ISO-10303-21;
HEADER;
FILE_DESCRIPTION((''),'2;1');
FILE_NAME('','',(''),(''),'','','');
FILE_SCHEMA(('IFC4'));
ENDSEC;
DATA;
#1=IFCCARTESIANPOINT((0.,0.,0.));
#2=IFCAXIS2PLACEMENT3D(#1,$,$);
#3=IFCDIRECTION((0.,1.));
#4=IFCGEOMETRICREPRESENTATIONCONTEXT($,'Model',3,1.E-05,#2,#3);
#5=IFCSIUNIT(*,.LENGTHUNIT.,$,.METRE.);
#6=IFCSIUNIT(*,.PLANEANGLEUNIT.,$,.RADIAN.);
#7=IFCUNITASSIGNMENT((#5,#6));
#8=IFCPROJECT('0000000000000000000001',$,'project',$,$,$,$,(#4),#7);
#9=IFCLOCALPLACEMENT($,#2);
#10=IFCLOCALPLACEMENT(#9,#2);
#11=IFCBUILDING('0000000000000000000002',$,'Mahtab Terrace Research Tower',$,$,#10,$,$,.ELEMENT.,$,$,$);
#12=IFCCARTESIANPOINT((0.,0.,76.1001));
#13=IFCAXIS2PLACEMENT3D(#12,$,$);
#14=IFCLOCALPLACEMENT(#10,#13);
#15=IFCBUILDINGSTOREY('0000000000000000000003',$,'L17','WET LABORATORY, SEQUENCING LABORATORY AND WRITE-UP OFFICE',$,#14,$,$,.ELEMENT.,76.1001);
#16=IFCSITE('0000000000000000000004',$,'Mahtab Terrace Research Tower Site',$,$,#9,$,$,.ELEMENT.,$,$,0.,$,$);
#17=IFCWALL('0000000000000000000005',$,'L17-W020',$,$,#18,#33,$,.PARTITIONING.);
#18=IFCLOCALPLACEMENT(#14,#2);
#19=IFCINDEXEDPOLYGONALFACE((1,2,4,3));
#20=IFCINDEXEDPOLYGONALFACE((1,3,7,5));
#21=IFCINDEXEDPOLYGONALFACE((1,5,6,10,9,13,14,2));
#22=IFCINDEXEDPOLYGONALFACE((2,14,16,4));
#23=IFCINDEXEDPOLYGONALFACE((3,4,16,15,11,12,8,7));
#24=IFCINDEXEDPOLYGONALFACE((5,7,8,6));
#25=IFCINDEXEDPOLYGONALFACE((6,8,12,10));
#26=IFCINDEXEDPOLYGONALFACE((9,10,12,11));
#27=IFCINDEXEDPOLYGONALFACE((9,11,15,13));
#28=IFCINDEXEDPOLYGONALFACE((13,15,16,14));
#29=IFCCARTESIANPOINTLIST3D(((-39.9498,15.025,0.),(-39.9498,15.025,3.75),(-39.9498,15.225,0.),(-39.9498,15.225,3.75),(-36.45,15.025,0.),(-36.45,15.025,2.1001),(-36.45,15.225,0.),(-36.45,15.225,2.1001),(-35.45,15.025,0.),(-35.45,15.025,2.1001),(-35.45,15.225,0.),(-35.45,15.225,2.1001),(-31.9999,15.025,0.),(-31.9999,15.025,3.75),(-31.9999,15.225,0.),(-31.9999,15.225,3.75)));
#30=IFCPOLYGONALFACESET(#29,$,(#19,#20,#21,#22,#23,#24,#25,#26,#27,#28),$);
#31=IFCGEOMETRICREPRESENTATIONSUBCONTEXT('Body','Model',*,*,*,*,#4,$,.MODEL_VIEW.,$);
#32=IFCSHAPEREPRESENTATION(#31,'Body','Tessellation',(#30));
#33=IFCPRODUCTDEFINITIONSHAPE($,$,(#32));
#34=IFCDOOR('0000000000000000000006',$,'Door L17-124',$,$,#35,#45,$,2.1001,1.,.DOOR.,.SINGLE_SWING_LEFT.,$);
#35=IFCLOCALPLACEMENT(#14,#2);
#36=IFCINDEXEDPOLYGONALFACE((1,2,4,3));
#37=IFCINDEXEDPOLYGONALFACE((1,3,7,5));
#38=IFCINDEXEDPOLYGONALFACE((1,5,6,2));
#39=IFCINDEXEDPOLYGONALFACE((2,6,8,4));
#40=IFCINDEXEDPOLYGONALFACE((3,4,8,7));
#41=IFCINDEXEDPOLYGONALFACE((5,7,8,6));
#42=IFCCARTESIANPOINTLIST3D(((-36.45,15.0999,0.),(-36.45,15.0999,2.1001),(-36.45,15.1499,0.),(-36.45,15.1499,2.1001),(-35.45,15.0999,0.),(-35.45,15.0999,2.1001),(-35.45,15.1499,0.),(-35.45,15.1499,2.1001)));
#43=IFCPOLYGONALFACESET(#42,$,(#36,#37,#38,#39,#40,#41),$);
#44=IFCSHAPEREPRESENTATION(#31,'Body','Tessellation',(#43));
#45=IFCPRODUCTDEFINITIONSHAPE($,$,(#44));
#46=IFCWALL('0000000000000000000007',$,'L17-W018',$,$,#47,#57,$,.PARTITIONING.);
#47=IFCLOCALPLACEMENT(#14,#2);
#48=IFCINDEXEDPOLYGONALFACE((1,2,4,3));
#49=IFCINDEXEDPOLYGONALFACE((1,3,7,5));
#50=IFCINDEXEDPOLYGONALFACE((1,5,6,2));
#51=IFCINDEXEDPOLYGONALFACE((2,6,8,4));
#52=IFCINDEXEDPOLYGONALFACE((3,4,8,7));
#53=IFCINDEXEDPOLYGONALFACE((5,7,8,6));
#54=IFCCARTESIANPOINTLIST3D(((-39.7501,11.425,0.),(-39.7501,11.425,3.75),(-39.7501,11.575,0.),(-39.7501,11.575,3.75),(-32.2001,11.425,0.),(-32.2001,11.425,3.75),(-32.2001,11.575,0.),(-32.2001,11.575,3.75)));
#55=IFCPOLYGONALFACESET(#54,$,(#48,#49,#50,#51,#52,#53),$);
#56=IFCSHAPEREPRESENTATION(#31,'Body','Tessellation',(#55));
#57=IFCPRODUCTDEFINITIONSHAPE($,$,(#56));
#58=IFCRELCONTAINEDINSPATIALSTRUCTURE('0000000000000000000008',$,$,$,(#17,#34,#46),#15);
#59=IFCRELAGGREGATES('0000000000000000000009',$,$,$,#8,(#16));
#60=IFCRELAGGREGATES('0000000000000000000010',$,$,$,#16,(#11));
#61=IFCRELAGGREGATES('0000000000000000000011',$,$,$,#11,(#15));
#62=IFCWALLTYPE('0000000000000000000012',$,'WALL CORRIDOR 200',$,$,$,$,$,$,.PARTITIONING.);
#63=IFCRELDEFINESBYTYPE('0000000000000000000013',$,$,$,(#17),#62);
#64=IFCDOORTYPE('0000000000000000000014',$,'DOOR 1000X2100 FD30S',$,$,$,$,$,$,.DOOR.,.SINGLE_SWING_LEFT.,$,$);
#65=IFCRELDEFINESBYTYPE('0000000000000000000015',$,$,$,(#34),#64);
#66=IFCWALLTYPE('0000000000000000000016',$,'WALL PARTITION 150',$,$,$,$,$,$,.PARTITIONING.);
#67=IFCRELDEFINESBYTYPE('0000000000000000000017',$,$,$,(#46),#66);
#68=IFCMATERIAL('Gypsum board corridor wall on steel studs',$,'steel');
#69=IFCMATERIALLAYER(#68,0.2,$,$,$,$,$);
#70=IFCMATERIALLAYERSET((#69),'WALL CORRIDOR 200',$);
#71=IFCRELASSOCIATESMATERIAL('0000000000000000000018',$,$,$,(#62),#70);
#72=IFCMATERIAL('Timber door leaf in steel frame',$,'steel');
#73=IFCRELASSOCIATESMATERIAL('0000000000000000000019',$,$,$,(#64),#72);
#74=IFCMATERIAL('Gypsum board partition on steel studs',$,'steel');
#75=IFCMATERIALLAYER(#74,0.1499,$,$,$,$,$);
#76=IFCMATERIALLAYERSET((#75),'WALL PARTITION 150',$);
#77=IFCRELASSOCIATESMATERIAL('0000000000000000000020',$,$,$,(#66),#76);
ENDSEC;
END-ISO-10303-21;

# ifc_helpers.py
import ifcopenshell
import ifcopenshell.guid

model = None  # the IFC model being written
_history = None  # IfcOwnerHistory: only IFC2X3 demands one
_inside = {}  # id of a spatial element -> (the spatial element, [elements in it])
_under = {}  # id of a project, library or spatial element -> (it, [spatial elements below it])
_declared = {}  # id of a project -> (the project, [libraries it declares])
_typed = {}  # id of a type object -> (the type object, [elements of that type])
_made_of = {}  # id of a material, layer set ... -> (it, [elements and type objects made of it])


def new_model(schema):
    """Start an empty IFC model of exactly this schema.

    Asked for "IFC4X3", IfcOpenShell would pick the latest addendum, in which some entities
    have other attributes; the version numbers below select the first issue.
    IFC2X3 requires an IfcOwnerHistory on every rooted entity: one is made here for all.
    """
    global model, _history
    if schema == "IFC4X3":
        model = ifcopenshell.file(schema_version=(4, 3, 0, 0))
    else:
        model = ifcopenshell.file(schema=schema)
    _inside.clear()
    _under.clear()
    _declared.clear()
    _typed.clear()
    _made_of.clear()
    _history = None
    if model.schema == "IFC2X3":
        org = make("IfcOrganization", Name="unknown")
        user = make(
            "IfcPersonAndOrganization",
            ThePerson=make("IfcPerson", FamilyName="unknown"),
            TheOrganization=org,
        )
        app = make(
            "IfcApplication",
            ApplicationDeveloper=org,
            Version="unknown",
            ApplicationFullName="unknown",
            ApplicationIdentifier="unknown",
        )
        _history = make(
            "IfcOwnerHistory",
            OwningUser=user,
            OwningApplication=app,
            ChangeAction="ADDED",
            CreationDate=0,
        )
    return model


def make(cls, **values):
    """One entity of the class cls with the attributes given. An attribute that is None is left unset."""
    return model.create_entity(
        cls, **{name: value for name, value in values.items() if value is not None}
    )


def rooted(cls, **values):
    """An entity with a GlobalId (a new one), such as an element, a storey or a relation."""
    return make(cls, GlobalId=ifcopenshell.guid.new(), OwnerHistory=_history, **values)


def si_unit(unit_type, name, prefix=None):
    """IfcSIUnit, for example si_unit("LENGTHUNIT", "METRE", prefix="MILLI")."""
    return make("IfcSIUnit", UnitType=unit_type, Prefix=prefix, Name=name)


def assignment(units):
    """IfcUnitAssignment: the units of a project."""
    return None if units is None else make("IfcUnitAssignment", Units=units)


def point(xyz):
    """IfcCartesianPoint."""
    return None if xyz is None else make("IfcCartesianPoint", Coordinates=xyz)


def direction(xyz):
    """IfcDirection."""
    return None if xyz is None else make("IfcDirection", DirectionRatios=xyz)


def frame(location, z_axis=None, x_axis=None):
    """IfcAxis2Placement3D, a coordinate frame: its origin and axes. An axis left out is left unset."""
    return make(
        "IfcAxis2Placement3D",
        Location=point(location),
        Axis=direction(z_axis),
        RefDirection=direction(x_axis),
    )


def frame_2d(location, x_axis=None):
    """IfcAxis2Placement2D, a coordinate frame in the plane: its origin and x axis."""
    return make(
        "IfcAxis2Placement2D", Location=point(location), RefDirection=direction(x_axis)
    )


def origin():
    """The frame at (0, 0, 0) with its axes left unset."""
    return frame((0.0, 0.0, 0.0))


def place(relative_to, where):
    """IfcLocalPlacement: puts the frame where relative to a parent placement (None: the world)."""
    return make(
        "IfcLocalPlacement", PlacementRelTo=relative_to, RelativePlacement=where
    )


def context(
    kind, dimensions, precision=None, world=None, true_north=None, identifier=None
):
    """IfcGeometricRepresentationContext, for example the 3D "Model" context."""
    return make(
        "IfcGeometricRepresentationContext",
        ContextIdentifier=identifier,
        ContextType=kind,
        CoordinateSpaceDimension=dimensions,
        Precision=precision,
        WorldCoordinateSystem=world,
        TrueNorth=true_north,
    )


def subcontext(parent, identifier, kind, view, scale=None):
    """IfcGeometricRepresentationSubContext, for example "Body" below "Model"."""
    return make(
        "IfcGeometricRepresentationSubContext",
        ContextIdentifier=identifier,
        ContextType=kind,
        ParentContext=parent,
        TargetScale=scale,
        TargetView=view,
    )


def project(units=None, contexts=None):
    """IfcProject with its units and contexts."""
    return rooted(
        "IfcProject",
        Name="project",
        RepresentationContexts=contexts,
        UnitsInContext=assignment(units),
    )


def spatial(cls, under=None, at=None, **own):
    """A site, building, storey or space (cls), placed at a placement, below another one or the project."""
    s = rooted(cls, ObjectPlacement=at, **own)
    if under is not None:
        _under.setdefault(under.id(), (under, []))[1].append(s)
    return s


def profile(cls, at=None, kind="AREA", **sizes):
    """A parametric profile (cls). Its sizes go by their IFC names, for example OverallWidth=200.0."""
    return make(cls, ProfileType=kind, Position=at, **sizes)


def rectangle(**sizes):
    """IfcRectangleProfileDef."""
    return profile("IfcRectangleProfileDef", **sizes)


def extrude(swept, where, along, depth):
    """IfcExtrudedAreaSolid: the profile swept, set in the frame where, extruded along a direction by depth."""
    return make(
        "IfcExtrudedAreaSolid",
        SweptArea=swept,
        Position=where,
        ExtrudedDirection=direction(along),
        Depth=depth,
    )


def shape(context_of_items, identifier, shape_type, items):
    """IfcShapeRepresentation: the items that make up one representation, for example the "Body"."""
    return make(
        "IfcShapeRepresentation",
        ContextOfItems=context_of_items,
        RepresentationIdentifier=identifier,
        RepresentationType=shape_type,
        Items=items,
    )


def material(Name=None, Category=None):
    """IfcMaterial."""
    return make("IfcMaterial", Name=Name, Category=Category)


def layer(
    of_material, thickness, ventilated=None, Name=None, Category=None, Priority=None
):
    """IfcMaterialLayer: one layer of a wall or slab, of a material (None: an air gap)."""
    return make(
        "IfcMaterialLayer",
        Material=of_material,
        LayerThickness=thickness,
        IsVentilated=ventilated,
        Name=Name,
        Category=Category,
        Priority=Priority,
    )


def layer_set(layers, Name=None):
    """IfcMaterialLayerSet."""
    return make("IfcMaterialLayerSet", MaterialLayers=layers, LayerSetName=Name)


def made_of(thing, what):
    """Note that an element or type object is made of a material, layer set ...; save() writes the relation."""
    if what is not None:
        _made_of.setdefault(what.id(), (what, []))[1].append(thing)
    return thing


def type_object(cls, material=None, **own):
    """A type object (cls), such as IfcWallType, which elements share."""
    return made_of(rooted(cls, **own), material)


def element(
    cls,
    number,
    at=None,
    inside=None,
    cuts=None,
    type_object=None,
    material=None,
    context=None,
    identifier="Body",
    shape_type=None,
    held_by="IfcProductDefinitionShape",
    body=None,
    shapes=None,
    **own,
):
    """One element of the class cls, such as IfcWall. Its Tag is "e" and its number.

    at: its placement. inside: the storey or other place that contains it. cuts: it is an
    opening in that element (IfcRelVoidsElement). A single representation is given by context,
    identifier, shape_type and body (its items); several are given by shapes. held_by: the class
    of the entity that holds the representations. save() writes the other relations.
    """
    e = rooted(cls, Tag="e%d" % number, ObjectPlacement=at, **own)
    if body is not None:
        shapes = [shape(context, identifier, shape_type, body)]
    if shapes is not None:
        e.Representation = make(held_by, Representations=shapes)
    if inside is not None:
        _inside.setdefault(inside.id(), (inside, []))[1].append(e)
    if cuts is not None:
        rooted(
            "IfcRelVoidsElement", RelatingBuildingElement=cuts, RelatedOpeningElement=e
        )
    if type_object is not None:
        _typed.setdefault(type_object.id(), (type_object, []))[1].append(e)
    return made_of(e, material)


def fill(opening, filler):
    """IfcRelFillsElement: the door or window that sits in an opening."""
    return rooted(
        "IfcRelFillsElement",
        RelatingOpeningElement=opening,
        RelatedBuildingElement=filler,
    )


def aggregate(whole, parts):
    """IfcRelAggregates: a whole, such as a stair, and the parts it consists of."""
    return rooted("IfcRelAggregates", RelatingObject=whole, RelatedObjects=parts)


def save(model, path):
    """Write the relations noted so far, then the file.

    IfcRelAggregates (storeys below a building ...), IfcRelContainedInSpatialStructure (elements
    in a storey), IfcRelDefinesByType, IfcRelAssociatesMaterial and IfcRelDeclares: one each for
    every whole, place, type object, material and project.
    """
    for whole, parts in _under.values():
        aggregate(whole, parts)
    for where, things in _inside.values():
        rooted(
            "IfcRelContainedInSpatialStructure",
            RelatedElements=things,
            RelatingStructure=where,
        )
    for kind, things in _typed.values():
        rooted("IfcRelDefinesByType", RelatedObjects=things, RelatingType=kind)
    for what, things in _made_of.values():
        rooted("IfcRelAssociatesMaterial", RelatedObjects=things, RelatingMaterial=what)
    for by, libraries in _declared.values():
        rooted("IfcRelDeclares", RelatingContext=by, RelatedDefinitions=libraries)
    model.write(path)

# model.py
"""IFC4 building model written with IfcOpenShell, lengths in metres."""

from ifc_helpers import new_model, si_unit, direction, frame, frame_2d, origin, place, context, subcontext, project, spatial, rectangle, extrude, material, layer, layer_set, type_object, element, fill, save


model = new_model("IFC4")

# Units and contexts
model_context = context("Model", 3, precision=1e-05, world=origin(), true_north=direction((0.0, 1.0)))
body_context = subcontext(model_context, "Body", "Model", "MODEL_VIEW")
ifc_project = project(units=[si_unit("LENGTHUNIT", "METRE"), si_unit("PLANEANGLEUNIT", "RADIAN")], contexts=[model_context])

# Site, building, storey
site_placement = place(None, origin())
site = spatial("IfcSite", under=ifc_project, at=site_placement, Name="Mahtab Terrace Research Tower Site", CompositionType="ELEMENT", RefElevation=0.0)
building_placement = place(site_placement, origin())
building = spatial("IfcBuilding", under=site, at=building_placement, Name="Mahtab Terrace Research Tower", CompositionType="ELEMENT")
storey_placement = place(building_placement, frame((0.0, 0.0, 76.1001)))
storey = spatial("IfcBuildingStorey", under=building, at=storey_placement, Name="L17", Description="WET LABORATORY, SEQUENCING LABORATORY AND WRITE-UP OFFICE", CompositionType="ELEMENT", Elevation=76.1001)

# Wall, opening, door
ifc_material_1 = material(Name="Gypsum board corridor wall on steel studs", Category="steel")
ifc_layer_1 = layer(ifc_material_1, 0.2)
ifc_layer_set_1 = layer_set([ifc_layer_1], Name="WALL CORRIDOR 200")
wall_type_1 = type_object("IfcWallType", Name="WALL CORRIDOR 200", PredefinedType="PARTITIONING", material=ifc_layer_set_1)
wall_1_placement = place(storey_placement, frame((-39.95, 15.125, 0.0), z_axis=(0.0, 0.0, 1.0), x_axis=(1.0, 0.0, 0.0)))
wall_1 = element("IfcWall", 1, at=wall_1_placement, inside=storey, type_object=wall_type_1, Name="L17-W020", PredefinedType="PARTITIONING", context=body_context, shape_type="SweptSolid", body=[
    extrude(rectangle(XDim=7.95, YDim=0.2, at=frame_2d((3.9751, 0.0))), origin(), (0.0, 0.0, 1.0), 3.75),
])
opening_placement = place(wall_1_placement, frame((3.5, 0.0, 0.0)))
opening = element("IfcOpeningElement", 2, at=opening_placement, cuts=wall_1, PredefinedType="OPENING", context=body_context, shape_type="SweptSolid", body=[
    extrude(rectangle(XDim=1.0, YDim=2.1001, at=frame_2d((0.5, 1.05))), frame((0.0, 0.1099, 0.0), z_axis=(0.0, -1.0, 0.0), x_axis=(1.0, 0.0, 0.0)), (0.0, 0.0, 1.0), 0.22),
])
ifc_material_2 = material(Name="Timber door leaf in steel frame", Category="steel")
door_type = type_object("IfcDoorType", Name="DOOR 1000X2100 FD30S", OperationType="SINGLE_SWING_LEFT", PredefinedType="DOOR", material=ifc_material_2)
door_placement = place(opening_placement, origin())
door = element("IfcDoor", 3, at=door_placement, inside=storey, type_object=door_type, Name="Door L17-124", OperationType="SINGLE_SWING_LEFT", OverallHeight=2.1001, OverallWidth=1.0, PredefinedType="DOOR", context=body_context, shape_type="SweptSolid", body=[
    extrude(rectangle(XDim=1.0, YDim=2.1001, at=frame_2d((0.5, 1.05))), frame((0.0, 0.0249, 0.0), z_axis=(0.0, -1.0, 0.0), x_axis=(1.0, 0.0, 0.0)), (0.0, 0.0, 1.0), 0.05),
])
fill(opening, door)

# Wall
ifc_material_3 = material(Name="Gypsum board partition on steel studs", Category="steel")
ifc_layer_2 = layer(ifc_material_3, 0.1499)
ifc_layer_set_2 = layer_set([ifc_layer_2], Name="WALL PARTITION 150")
wall_type_2 = type_object("IfcWallType", Name="WALL PARTITION 150", PredefinedType="PARTITIONING", material=ifc_layer_set_2)
wall_2_placement = place(storey_placement, frame((-39.75, 11.5, 0.0), z_axis=(0.0, 0.0, 1.0), x_axis=(1.0, 0.0, 0.0)))
element("IfcWall", 4, at=wall_2_placement, inside=storey, type_object=wall_type_2, Name="L17-W018", PredefinedType="PARTITIONING", context=body_context, shape_type="SweptSolid", body=[
    extrude(rectangle(XDim=7.55, YDim=0.1499, at=frame_2d((3.7749, 0.0))), origin(), (0.0, 0.0, 1.0), 3.75),
])

save(model, "model.ifc")
